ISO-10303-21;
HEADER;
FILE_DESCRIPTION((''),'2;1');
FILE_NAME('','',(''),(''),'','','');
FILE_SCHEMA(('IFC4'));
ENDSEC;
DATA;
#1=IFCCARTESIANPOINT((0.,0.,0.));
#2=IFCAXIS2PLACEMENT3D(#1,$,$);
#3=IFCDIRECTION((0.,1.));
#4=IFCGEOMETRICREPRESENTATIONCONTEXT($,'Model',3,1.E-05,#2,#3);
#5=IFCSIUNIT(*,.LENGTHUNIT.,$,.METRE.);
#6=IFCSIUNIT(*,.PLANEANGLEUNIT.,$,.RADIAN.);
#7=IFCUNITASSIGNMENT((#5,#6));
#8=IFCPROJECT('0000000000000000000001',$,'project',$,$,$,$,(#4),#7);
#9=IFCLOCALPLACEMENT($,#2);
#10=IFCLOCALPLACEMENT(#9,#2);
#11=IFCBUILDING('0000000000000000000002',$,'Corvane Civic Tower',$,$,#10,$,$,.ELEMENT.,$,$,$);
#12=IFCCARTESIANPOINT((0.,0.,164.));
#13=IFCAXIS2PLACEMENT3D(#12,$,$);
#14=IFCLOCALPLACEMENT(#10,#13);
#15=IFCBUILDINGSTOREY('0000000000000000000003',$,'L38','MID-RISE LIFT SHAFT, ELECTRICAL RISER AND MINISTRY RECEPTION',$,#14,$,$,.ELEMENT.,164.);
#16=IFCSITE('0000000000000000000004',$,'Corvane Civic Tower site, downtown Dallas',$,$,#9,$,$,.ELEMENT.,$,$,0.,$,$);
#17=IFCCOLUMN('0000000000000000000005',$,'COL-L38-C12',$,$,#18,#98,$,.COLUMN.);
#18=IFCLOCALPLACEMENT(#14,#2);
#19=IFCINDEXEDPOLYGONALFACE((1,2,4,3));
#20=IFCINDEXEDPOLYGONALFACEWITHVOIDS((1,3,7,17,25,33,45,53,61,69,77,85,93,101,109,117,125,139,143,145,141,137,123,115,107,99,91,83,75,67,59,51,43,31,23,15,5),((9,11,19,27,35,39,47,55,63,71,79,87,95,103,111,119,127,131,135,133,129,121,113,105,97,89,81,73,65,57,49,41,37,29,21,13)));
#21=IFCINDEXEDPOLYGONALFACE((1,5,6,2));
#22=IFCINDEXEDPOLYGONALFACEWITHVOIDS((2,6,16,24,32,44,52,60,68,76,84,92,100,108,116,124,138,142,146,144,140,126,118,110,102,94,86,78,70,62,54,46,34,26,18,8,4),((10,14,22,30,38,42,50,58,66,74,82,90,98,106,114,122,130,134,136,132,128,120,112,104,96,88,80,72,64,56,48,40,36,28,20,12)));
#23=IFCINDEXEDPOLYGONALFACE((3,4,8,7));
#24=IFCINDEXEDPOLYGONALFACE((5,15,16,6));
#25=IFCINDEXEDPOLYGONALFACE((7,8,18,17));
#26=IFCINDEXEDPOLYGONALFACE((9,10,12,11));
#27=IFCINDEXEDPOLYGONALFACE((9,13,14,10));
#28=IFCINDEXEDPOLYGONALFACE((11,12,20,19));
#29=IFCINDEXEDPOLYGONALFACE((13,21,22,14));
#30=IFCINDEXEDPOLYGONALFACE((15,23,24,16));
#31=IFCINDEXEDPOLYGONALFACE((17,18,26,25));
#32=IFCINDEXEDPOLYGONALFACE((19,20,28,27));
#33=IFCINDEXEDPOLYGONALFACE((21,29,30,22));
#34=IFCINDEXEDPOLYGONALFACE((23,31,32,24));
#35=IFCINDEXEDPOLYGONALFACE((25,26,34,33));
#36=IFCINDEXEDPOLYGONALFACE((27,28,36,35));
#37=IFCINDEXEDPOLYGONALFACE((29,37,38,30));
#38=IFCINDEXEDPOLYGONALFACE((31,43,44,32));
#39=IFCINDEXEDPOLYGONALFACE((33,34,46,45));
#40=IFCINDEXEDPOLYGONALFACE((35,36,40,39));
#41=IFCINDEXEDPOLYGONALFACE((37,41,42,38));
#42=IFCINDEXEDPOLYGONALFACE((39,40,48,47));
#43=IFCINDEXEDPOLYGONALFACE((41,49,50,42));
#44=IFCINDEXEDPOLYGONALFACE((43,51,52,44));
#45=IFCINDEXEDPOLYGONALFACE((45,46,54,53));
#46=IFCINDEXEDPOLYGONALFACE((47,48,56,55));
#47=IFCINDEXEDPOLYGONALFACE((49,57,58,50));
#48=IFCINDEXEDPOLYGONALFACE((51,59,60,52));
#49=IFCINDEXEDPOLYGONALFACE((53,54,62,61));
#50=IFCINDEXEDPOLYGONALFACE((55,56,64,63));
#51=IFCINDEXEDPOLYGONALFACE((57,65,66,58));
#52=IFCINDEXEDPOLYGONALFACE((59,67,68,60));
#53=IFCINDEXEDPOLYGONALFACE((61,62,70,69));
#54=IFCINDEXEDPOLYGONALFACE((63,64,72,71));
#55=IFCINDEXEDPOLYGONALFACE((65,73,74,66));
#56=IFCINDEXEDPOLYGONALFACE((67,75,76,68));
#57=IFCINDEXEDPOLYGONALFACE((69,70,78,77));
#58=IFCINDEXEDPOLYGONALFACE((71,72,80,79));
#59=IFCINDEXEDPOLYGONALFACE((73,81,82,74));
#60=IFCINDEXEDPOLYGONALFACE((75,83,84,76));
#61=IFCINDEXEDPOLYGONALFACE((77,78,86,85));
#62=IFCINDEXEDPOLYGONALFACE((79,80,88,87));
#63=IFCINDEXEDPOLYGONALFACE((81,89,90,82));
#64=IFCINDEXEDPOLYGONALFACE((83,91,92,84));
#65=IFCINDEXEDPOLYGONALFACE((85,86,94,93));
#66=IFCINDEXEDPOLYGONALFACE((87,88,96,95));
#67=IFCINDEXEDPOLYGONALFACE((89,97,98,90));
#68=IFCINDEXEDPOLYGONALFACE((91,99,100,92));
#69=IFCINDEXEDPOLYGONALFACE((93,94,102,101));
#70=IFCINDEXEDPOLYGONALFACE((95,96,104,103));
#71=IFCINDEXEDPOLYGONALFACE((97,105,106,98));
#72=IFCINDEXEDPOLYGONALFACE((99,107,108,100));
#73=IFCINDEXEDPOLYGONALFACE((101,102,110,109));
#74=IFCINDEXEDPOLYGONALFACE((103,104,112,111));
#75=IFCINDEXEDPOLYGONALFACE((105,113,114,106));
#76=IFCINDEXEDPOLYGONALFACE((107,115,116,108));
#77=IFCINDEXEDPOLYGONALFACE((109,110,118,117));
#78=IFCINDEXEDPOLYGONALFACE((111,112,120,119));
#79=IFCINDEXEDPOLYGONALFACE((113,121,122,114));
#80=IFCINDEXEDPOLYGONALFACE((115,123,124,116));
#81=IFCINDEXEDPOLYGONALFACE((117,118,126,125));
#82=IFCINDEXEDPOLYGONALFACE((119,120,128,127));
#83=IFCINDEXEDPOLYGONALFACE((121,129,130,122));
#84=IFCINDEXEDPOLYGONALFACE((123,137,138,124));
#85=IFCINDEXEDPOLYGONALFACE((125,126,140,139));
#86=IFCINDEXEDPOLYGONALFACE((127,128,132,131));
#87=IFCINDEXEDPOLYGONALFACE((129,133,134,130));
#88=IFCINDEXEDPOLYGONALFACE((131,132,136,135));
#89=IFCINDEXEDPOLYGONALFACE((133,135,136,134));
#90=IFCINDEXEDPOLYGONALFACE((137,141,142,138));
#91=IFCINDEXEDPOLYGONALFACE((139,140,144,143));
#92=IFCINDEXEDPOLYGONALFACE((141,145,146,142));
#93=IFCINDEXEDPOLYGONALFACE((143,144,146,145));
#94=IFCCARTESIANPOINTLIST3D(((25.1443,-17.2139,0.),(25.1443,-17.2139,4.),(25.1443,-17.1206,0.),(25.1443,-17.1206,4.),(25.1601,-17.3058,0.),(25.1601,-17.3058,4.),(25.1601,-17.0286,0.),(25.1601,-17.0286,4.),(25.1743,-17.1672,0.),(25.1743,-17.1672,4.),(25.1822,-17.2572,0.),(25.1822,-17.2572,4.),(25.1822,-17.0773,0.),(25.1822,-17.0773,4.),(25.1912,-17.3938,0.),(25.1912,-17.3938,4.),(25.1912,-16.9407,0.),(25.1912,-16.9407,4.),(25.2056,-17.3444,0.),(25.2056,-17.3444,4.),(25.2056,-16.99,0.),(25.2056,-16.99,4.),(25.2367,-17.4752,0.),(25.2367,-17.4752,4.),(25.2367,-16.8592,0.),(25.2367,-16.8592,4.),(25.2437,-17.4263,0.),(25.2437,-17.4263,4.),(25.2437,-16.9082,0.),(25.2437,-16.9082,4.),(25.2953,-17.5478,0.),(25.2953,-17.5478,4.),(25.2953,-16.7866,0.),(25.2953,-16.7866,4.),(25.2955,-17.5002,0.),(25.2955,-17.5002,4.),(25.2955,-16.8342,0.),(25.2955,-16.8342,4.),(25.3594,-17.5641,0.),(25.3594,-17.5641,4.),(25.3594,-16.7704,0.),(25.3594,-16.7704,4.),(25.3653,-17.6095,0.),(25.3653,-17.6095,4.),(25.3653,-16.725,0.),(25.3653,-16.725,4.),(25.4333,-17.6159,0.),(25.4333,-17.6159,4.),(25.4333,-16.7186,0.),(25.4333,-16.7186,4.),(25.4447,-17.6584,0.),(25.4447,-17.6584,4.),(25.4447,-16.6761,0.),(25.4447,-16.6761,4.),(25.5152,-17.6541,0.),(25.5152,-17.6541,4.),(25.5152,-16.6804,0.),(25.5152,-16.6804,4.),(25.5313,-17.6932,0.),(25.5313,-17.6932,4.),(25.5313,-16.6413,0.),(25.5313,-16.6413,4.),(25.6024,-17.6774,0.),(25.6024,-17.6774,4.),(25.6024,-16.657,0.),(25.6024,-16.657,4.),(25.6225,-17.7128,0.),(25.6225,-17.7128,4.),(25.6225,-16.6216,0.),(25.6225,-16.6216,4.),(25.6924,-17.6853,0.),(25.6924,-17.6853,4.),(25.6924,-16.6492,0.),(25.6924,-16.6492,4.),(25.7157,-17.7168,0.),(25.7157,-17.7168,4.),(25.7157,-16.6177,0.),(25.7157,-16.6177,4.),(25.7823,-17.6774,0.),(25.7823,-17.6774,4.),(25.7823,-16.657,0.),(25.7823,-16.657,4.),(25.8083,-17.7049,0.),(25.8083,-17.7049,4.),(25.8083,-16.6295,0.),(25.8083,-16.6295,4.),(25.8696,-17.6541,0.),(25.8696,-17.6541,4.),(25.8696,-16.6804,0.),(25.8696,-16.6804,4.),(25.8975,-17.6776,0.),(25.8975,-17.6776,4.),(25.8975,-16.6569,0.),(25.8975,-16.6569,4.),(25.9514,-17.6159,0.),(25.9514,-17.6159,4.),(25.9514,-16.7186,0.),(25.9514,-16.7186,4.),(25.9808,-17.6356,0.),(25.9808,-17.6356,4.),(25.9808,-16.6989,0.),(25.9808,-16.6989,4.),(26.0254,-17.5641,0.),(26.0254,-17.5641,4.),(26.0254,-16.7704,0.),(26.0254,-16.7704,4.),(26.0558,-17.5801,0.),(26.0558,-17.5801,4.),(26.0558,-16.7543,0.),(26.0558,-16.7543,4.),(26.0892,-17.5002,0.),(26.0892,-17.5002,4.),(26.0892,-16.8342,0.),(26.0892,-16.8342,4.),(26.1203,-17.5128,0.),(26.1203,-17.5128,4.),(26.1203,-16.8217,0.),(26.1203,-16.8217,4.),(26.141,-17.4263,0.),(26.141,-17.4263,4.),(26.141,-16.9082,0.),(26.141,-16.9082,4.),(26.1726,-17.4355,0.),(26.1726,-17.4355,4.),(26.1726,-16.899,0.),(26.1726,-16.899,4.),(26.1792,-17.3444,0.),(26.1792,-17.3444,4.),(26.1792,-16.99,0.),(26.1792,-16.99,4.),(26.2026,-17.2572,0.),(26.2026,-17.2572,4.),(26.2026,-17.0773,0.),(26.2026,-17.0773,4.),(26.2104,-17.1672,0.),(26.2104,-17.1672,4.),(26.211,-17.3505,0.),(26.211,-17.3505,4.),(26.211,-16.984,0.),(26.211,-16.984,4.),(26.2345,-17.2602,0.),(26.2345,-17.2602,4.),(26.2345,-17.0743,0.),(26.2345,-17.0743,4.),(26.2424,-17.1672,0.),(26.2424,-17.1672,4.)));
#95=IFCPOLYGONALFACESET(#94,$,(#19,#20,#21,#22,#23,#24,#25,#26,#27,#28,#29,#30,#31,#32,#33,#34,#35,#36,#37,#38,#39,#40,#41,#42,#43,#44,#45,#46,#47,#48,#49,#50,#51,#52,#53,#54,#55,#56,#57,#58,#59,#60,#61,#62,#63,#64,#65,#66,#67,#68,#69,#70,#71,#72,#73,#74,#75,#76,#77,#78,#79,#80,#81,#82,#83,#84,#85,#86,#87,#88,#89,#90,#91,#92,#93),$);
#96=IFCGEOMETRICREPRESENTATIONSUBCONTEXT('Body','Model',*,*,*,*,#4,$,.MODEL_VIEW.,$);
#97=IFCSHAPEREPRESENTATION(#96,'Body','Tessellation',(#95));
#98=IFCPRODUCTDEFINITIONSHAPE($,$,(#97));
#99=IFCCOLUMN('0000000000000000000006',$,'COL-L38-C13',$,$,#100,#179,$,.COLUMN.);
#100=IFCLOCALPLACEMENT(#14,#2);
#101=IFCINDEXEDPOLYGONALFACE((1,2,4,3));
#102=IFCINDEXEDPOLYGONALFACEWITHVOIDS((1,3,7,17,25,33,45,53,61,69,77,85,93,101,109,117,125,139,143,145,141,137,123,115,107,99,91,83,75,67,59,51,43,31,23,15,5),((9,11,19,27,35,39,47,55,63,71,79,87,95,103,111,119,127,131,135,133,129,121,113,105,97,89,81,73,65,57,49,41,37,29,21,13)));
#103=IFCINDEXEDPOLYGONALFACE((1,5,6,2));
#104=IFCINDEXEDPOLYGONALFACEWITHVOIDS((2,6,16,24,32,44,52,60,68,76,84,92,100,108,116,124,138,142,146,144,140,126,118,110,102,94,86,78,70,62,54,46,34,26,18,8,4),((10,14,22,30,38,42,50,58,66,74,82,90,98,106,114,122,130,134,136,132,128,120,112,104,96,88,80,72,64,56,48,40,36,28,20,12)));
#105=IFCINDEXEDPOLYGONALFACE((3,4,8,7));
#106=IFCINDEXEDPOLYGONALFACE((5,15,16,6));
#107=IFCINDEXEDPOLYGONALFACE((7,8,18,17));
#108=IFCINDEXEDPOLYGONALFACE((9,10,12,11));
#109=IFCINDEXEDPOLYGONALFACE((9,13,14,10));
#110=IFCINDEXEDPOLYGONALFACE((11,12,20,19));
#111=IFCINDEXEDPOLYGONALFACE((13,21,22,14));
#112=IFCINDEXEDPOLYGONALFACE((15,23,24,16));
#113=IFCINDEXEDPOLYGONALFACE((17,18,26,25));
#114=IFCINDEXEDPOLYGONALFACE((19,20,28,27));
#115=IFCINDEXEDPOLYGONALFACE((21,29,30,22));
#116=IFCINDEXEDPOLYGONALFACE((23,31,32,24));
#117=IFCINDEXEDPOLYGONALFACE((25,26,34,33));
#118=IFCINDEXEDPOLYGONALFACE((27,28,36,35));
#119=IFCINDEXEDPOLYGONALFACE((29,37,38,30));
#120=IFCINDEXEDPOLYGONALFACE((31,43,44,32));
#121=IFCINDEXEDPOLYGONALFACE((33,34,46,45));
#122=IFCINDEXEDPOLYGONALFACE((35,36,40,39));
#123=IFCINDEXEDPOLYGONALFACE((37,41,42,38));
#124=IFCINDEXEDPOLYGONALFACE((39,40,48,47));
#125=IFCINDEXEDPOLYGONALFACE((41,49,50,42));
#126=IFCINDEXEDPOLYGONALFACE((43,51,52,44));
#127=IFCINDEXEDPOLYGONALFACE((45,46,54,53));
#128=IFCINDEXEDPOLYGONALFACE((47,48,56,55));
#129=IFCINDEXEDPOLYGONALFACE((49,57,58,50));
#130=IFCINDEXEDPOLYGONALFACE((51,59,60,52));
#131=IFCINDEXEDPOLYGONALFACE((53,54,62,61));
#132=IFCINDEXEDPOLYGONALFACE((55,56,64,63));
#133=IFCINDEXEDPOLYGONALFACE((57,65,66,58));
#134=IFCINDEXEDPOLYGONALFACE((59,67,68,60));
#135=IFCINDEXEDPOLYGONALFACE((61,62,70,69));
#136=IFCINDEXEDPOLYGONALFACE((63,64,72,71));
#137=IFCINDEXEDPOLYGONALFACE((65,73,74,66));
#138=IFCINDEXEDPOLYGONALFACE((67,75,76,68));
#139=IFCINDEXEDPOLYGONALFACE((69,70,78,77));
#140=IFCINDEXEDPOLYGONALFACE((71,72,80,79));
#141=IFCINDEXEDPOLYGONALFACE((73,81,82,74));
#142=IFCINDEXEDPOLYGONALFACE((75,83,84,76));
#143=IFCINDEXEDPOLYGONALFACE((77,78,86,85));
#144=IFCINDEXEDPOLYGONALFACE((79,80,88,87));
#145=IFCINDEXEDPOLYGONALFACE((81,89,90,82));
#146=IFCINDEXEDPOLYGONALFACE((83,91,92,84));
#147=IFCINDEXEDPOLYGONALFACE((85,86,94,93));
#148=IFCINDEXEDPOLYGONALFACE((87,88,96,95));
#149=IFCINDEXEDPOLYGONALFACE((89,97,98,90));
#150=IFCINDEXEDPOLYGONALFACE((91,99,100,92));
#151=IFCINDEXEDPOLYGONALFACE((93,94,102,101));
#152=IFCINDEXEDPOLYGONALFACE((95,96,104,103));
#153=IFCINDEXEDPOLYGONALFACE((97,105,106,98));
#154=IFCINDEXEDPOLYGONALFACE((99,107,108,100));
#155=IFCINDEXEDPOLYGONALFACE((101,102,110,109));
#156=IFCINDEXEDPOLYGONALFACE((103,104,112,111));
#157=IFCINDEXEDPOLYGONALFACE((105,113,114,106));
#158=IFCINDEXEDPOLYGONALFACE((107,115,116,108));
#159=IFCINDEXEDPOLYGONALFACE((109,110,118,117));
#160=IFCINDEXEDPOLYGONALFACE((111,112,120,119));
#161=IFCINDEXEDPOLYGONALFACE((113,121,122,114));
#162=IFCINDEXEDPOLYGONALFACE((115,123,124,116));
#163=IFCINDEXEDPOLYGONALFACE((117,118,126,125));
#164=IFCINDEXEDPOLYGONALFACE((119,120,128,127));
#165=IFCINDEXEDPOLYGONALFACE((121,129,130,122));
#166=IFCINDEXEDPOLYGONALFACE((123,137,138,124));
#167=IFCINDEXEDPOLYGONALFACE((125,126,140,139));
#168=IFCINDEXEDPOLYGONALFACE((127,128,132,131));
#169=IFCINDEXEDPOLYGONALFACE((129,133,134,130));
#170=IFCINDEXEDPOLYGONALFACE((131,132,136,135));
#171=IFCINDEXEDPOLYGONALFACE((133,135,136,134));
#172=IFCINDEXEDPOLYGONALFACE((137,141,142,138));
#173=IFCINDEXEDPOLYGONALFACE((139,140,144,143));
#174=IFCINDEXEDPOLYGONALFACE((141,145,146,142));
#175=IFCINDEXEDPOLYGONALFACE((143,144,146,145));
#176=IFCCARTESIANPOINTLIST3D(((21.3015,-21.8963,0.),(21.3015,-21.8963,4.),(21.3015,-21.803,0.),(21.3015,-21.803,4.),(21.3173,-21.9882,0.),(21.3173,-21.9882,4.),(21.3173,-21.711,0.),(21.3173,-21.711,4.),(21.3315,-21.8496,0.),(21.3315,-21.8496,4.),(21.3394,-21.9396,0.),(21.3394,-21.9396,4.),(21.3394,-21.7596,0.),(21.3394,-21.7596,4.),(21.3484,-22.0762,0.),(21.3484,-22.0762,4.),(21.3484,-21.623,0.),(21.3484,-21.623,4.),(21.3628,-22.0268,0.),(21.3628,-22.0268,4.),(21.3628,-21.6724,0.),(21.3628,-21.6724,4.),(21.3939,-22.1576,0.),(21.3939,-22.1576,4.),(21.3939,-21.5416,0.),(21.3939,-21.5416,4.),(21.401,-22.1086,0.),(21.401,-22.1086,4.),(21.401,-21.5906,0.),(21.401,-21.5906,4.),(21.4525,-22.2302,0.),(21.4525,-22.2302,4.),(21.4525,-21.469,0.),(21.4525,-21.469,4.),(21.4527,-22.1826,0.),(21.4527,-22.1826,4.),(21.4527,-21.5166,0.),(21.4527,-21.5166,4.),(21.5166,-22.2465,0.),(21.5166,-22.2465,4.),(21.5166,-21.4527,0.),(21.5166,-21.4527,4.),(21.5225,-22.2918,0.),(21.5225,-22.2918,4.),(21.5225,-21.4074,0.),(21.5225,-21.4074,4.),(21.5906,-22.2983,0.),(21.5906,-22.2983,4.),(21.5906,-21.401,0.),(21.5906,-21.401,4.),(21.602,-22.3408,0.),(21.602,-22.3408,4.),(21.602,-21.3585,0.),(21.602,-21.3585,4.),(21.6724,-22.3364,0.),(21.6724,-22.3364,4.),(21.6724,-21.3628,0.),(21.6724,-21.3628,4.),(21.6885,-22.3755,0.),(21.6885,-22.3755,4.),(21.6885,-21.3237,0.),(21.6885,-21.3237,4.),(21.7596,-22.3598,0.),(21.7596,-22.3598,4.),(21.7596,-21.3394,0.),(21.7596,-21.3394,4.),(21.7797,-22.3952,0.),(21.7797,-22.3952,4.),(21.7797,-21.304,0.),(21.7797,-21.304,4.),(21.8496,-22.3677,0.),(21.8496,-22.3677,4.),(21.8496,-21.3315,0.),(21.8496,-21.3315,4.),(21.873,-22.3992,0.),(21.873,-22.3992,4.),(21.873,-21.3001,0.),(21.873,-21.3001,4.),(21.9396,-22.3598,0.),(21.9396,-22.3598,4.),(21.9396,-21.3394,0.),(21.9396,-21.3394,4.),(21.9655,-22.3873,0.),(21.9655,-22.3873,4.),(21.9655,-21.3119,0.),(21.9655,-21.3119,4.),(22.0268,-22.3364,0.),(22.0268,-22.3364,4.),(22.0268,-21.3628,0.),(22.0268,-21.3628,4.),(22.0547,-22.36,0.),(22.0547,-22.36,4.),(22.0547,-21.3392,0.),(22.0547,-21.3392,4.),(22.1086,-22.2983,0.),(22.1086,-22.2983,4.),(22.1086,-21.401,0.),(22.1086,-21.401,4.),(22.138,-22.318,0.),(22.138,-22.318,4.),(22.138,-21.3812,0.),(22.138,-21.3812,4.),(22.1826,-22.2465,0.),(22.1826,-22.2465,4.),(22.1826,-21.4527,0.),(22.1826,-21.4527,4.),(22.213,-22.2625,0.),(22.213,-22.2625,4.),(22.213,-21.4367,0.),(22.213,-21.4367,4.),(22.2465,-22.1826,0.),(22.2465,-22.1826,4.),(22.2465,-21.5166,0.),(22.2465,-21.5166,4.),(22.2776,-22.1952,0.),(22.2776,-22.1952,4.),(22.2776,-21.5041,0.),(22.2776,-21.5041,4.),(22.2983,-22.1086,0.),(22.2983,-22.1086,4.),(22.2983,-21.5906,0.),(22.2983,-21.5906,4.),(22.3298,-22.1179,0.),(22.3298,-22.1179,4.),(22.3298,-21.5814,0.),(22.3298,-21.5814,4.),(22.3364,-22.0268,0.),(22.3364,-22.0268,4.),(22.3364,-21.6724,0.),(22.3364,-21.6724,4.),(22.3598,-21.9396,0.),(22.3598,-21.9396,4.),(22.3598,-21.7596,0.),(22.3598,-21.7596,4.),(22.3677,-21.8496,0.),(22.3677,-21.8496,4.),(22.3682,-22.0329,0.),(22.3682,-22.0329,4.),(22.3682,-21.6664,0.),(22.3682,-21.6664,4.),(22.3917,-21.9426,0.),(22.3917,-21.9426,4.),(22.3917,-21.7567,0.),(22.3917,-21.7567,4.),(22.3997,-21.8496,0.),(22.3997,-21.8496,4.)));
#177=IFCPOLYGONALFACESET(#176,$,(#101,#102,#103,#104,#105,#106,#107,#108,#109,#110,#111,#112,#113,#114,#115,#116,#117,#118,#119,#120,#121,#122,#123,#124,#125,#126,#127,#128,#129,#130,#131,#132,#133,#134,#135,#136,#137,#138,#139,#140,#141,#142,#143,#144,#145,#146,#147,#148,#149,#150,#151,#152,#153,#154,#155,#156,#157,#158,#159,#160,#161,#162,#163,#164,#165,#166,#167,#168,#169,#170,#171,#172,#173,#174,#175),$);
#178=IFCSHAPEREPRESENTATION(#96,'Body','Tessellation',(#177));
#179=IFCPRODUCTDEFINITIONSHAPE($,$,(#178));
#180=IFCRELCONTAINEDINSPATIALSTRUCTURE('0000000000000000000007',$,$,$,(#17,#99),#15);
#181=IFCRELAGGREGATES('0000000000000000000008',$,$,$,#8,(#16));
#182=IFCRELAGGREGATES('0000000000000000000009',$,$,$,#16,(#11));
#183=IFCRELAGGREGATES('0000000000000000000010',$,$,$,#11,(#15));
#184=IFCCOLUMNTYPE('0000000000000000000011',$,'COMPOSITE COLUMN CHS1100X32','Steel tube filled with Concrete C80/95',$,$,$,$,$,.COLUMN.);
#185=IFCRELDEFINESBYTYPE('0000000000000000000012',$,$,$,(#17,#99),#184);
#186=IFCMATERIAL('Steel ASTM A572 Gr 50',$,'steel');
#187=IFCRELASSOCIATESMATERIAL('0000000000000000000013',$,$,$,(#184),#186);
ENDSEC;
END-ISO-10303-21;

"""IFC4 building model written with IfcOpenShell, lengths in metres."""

from ifc_helpers import new_model, si_unit, direction, frame, origin, origin_2d, place, context, subcontext, project, spatial, hollow_circle, extrude, material, material_profile, profile_set, type_object, element, save


model = new_model("IFC4")

# Units and contexts
model_context = context("Model", 3, precision=1e-05, world=origin(), true_north=direction((0.0, 1.0)))
body_context = subcontext(model_context, "Body", "Model", "MODEL_VIEW")
ifc_project = project(units=[si_unit("LENGTHUNIT", "METRE"), si_unit("PLANEANGLEUNIT", "RADIAN")], contexts=[model_context])

# Site, building, storey
site_placement = place(None, origin())
site = spatial("IfcSite", under=ifc_project, at=site_placement, Name="Corvane Civic Tower site, downtown Dallas", CompositionType="ELEMENT", RefElevation=0.0)
building_placement = place(site_placement, origin())
building = spatial("IfcBuilding", under=site, at=building_placement, Name="Corvane Civic Tower", CompositionType="ELEMENT")
storey_placement = place(building_placement, frame((0.0, 0.0, 164.0)))
storey = spatial("IfcBuildingStorey", under=building, at=storey_placement, Name="L38", Description="MID-RISE LIFT SHAFT, ELECTRICAL RISER AND MINISTRY RECEPTION", CompositionType="ELEMENT", Elevation=164.0)

# Columns
ifc_material_1 = material(Name="Steel ASTM A572 Gr 50", Category="steel")
ifc_material_profile_1 = material_profile(ifc_material_1, hollow_circle(Radius=0.55, WallThickness=0.032, at=origin_2d()), Name="CHS1100X32")
ifc_profile_set_1 = profile_set([ifc_material_profile_1], Name="Steel ASTM A572 Gr 50")
column_type = type_object("IfcColumnType", Name="COMPOSITE COLUMN CHS1100X32", Description="Steel tube filled with Concrete C80/95", PredefinedType="COLUMN", material=ifc_profile_set_1)
for number, where, z_axis, x_axis, name in (
    (1, (25.6924, -17.1672, 0.0), (0.0, 0.0, 1.0), (1.0, 0.0, 0.0), "COL-L38-C12"),
    (2, (21.8496, -21.8496, 0.0), (0.0, 0.0, 1.0), (1.0, 0.0, 0.0), "COL-L38-C13"),
):
    element("IfcColumn", number, at=place(storey_placement, frame(where, z_axis=z_axis, x_axis=x_axis)), inside=storey, type_object=column_type, Name=name, PredefinedType="COLUMN", context=body_context, shape_type="SweptSolid", body=[
        extrude(hollow_circle(Radius=0.55, WallThickness=0.032, at=origin_2d()), origin(), (0.0, 0.0, 1.0), 4.0),
    ])

save(model, "model.ifc")
